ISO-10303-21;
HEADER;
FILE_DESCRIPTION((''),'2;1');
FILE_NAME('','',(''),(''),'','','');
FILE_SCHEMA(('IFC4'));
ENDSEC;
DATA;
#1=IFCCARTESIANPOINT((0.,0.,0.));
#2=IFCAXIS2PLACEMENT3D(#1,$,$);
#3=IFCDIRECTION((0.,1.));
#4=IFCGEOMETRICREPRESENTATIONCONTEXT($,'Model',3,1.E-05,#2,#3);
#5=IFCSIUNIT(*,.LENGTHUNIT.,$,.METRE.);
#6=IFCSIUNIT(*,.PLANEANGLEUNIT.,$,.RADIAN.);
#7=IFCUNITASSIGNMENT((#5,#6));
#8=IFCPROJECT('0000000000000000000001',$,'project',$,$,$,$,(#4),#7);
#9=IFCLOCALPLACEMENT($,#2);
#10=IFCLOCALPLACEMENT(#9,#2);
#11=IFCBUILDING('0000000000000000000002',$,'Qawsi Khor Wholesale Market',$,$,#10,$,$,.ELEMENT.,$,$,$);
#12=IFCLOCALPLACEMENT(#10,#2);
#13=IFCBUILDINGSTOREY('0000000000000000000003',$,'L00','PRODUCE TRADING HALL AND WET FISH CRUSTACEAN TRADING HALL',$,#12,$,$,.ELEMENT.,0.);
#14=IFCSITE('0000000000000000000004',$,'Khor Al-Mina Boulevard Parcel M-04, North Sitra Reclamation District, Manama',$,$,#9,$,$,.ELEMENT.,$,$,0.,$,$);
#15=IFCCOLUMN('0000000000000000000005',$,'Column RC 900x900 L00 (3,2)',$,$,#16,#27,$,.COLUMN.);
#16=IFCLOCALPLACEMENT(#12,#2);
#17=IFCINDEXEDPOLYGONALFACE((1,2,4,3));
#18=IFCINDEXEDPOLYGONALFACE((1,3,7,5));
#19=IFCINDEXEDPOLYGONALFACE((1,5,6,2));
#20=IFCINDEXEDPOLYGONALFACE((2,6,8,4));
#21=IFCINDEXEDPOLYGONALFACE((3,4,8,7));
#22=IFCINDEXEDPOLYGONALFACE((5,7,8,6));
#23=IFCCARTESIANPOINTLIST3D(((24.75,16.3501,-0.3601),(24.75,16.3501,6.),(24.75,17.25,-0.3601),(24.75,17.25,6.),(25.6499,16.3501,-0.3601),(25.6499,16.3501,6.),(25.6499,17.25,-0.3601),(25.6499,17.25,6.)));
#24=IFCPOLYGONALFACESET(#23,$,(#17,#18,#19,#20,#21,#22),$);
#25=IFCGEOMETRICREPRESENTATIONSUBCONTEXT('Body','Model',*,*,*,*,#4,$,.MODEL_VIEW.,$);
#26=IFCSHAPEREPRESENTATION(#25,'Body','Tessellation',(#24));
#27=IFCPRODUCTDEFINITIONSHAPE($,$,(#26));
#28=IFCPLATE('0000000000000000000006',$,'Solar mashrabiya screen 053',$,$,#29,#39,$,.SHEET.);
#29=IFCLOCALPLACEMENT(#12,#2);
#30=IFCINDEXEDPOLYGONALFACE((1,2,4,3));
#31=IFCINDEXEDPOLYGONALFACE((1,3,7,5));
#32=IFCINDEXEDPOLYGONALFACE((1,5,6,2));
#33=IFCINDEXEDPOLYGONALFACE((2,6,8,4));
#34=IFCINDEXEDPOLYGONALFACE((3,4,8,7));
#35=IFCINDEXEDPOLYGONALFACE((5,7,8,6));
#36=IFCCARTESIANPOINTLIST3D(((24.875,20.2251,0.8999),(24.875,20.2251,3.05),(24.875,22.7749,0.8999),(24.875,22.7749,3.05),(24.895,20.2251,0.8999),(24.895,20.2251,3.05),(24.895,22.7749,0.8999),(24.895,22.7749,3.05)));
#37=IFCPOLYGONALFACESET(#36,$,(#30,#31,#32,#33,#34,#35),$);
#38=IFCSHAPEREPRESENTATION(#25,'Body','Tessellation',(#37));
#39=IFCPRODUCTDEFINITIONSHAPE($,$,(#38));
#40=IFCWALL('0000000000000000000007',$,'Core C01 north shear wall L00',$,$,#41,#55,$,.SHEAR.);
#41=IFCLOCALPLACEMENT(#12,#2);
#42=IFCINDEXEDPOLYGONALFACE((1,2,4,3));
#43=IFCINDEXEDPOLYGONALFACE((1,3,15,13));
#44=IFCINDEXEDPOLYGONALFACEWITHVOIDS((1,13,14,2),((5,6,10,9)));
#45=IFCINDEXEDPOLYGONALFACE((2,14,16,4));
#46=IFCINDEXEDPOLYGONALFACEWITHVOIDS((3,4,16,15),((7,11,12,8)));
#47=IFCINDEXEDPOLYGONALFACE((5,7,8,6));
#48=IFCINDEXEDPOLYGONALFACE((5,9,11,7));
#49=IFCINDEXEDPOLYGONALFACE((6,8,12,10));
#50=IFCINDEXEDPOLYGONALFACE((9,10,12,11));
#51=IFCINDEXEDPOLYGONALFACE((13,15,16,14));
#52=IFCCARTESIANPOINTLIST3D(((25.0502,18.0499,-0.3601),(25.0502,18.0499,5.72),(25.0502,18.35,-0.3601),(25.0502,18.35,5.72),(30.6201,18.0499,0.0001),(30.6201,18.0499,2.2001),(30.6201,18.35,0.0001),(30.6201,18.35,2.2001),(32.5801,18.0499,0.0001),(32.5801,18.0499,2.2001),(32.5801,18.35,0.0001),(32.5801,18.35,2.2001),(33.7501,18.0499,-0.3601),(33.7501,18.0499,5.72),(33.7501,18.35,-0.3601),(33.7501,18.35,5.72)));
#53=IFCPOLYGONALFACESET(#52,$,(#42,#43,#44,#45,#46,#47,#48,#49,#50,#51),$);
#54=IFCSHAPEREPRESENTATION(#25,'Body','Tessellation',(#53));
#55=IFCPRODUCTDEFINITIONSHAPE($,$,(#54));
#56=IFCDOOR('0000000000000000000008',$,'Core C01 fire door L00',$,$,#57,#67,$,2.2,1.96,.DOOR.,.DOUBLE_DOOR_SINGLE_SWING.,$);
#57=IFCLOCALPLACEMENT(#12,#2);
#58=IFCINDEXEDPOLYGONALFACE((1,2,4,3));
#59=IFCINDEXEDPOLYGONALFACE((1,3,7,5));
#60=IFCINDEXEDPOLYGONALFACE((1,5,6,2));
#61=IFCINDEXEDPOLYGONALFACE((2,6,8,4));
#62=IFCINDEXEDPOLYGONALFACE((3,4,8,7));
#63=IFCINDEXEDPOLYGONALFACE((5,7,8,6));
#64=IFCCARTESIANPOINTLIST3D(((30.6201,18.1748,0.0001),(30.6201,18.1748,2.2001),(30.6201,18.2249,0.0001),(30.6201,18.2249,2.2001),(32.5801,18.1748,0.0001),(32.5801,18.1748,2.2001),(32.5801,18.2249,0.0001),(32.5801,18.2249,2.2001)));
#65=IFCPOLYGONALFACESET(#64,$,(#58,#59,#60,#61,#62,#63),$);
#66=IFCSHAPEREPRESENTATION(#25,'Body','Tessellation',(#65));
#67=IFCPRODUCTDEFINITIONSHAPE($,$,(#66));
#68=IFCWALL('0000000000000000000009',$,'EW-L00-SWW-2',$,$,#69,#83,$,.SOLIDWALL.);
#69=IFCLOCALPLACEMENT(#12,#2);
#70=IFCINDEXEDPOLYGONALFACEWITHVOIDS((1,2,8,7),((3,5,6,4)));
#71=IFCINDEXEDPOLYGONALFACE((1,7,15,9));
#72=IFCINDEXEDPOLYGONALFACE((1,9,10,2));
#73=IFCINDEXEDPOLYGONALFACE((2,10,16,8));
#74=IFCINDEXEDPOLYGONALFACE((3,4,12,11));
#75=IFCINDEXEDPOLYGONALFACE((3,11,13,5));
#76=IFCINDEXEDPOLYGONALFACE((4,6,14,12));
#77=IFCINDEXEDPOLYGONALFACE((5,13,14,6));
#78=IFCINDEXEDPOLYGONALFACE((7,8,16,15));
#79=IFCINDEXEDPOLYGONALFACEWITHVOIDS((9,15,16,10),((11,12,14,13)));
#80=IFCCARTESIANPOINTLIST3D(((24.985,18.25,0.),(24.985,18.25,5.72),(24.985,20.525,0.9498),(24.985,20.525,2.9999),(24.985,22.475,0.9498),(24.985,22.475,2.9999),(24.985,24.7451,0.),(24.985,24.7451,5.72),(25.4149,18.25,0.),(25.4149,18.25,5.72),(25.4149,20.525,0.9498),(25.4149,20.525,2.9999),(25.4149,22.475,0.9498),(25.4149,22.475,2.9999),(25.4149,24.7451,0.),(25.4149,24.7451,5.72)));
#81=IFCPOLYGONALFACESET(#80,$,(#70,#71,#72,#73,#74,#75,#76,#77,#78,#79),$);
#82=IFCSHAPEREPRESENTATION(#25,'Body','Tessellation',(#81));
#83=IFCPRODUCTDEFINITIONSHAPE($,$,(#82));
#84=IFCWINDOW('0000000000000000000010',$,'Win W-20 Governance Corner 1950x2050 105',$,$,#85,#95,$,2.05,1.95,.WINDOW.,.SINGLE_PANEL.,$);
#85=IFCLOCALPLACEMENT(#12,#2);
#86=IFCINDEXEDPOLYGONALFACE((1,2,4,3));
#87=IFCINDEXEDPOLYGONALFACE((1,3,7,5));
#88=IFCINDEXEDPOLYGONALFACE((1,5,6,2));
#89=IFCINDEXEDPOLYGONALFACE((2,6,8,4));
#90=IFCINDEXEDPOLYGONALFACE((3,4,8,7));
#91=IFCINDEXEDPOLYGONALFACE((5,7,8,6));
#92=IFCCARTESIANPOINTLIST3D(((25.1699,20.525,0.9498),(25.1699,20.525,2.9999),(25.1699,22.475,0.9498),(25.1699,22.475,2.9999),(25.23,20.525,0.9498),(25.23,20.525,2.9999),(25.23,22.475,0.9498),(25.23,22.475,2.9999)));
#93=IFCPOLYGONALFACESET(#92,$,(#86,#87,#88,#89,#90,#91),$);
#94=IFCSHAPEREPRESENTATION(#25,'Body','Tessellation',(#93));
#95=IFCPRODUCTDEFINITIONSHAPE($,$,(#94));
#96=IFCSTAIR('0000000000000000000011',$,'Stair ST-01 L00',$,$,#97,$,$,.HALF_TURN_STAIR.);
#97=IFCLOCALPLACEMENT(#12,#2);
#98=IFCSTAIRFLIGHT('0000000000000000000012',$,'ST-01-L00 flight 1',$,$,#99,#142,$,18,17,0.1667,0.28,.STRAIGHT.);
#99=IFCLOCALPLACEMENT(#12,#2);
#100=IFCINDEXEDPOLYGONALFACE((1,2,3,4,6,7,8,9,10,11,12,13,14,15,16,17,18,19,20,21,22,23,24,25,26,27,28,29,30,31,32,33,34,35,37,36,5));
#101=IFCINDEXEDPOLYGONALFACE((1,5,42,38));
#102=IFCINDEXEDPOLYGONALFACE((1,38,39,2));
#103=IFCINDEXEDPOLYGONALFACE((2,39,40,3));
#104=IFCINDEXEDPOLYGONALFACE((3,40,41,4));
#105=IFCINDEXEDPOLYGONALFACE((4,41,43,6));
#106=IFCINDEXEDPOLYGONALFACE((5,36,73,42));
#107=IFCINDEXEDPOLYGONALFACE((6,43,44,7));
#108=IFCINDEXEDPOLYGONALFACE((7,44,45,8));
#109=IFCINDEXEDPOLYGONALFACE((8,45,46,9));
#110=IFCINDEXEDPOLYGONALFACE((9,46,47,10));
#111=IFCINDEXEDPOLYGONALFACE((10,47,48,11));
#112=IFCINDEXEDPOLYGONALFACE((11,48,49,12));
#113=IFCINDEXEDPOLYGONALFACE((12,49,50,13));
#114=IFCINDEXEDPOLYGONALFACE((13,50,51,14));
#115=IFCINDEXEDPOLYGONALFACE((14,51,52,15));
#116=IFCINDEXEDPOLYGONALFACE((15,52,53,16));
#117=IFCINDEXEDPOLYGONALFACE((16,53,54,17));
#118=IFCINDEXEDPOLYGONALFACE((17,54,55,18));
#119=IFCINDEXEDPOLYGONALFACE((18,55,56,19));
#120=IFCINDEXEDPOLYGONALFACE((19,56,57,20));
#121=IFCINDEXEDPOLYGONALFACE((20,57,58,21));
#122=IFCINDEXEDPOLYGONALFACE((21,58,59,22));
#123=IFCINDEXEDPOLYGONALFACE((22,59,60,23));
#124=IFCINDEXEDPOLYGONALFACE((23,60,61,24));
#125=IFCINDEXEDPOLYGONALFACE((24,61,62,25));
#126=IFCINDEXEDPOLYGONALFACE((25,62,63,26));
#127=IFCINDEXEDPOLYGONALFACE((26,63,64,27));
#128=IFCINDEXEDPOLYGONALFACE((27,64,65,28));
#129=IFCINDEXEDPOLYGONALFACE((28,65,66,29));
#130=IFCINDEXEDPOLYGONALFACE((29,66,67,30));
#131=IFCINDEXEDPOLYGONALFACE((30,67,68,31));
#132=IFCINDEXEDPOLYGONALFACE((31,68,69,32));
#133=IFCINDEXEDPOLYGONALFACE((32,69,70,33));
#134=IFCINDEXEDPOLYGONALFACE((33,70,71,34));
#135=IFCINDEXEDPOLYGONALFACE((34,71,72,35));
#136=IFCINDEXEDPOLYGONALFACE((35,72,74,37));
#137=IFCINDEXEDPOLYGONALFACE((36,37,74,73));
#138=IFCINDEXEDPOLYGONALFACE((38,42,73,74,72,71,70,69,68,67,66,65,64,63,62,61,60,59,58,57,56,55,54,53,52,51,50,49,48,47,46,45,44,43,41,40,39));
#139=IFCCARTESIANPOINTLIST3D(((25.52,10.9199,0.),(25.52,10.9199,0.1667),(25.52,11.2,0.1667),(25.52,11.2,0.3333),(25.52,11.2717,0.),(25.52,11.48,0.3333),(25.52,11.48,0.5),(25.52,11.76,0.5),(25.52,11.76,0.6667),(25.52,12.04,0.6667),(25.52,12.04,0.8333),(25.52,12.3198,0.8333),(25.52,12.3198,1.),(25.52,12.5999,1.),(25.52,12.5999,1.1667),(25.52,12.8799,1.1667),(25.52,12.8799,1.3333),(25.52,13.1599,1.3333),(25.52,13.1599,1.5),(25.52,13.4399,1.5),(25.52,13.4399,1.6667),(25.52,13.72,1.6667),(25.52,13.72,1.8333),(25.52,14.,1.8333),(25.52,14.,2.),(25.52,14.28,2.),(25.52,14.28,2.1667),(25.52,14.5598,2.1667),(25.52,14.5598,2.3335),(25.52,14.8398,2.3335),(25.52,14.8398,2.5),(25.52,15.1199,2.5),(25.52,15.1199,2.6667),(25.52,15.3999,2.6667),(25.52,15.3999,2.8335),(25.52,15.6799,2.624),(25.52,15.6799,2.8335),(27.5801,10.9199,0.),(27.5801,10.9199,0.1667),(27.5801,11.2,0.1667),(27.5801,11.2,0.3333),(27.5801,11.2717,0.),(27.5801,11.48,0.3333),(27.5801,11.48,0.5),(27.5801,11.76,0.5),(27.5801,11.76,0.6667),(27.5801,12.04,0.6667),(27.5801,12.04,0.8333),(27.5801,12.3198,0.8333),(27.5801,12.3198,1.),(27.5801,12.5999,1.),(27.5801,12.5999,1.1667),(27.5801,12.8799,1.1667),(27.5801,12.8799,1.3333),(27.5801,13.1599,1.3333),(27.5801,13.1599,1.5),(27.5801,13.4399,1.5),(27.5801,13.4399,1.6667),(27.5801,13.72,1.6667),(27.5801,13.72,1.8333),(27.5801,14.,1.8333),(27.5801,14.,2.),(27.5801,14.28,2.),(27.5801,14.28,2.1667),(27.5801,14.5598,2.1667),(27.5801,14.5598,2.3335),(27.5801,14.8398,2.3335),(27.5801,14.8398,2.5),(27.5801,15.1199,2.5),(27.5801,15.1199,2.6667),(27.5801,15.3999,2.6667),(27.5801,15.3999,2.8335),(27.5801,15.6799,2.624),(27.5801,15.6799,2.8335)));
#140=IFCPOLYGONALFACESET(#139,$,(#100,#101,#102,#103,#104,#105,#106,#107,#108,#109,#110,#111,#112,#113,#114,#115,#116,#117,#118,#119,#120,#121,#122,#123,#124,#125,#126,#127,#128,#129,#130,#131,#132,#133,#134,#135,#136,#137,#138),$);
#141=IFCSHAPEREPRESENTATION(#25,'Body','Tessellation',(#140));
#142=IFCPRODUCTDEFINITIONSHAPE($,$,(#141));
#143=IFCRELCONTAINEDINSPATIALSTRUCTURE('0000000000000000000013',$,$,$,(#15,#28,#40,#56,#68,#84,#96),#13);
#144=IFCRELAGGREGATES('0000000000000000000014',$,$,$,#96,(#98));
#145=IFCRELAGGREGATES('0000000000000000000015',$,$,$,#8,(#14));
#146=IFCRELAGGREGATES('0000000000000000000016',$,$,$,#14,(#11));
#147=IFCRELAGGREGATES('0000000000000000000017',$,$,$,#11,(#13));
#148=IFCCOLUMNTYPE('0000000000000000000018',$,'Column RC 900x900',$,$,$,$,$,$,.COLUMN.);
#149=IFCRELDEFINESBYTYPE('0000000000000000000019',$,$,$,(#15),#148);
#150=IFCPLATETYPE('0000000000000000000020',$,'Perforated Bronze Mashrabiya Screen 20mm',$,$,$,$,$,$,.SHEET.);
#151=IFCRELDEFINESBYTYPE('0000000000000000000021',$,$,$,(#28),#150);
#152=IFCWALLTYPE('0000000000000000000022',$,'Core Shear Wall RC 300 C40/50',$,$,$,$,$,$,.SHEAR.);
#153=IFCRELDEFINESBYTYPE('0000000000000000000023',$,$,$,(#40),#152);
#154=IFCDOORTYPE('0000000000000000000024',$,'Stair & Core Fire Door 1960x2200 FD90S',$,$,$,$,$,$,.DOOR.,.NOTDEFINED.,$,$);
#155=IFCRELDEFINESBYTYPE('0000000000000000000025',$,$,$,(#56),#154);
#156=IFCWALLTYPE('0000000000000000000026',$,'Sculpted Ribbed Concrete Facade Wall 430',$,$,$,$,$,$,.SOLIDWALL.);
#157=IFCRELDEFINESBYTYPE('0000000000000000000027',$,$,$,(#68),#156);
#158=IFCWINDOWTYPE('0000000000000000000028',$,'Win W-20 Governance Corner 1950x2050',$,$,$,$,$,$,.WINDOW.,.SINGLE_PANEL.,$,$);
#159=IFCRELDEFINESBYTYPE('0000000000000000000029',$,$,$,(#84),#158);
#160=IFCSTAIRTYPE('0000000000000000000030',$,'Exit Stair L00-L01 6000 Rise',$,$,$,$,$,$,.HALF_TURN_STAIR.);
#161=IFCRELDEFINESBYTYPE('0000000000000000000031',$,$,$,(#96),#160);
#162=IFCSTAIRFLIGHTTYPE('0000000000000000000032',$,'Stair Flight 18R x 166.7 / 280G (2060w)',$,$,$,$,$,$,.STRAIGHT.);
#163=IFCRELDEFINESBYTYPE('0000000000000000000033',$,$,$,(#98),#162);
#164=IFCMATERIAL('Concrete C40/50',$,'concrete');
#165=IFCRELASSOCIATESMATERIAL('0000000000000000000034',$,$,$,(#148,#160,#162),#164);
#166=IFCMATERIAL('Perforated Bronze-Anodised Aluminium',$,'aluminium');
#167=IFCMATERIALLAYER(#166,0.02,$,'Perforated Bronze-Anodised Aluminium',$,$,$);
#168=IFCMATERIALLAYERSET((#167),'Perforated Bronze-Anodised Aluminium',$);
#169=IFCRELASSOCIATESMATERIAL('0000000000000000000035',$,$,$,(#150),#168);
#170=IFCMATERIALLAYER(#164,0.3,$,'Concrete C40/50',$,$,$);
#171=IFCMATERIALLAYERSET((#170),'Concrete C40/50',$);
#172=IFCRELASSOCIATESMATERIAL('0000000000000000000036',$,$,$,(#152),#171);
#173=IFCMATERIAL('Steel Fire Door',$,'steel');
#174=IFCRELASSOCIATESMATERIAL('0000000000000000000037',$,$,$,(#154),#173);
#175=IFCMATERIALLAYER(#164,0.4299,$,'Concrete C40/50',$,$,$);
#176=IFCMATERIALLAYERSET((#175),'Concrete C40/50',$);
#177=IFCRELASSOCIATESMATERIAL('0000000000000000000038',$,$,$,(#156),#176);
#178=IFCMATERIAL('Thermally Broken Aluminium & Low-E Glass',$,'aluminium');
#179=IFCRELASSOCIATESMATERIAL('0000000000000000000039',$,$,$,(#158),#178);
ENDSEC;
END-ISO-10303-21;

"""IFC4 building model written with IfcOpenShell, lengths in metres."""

from ifc_helpers import new_model, si_unit, direction, frame, frame_2d, origin, origin_2d, place, context, subcontext, project, spatial, polyline, rectangle, outline, extrude, material, layer, layer_set, material_profile, profile_set, type_object, element, fill, aggregate, save


model = new_model("IFC4")

# Units and contexts
model_context = context("Model", 3, precision=1e-05, world=origin(), true_north=direction((0.0, 1.0)))
body_context = subcontext(model_context, "Body", "Model", "MODEL_VIEW")
ifc_project = project(units=[si_unit("LENGTHUNIT", "METRE"), si_unit("PLANEANGLEUNIT", "RADIAN")], contexts=[model_context])

# Site, building, storey
site_placement = place(None, origin())
site = spatial("IfcSite", under=ifc_project, at=site_placement, Name="Khor Al-Mina Boulevard Parcel M-04, North Sitra Reclamation District, Manama", CompositionType="ELEMENT", RefElevation=0.0)
building_placement = place(site_placement, origin())
building = spatial("IfcBuilding", under=site, at=building_placement, Name="Qawsi Khor Wholesale Market", CompositionType="ELEMENT")
storey_placement = place(building_placement, origin())
storey = spatial("IfcBuildingStorey", under=building, at=storey_placement, Name="L00", Description="PRODUCE TRADING HALL AND WET FISH CRUSTACEAN TRADING HALL", CompositionType="ELEMENT", Elevation=0.0)

# Column
ifc_material_1 = material(Name="Concrete C40/50", Category="concrete")
ifc_material_profile_1 = material_profile(ifc_material_1, rectangle(XDim=0.8999, YDim=0.8999, at=origin_2d()), Name="RC 900x900")
ifc_profile_set_1 = profile_set([ifc_material_profile_1], Name="Concrete C40/50")
column_type = type_object("IfcColumnType", Name="Column RC 900x900", PredefinedType="COLUMN", material=ifc_profile_set_1)
column_placement = place(storey_placement, frame((25.2, 16.8, -0.3601), z_axis=(0.0, 0.0, 1.0), x_axis=(1.0, 0.0, 0.0)))
element("IfcColumn", 1, at=column_placement, inside=storey, type_object=column_type, Name="Column RC 900x900 L00 (3,2)", PredefinedType="COLUMN", context=body_context, shape_type="SweptSolid", body=[
    extrude(rectangle(XDim=0.8999, YDim=0.8999, at=origin_2d()), origin(), (0.0, 0.0, 1.0), 6.3601),
])

# Plate
ifc_material_2 = material(Name="Perforated Bronze-Anodised Aluminium", Category="aluminium")
ifc_layer_1 = layer(ifc_material_2, 0.02, Name="Perforated Bronze-Anodised Aluminium")
ifc_layer_set_1 = layer_set([ifc_layer_1], Name="Perforated Bronze-Anodised Aluminium")
plate_type = type_object("IfcPlateType", Name="Perforated Bronze Mashrabiya Screen 20mm", PredefinedType="SHEET", material=ifc_layer_set_1)
plate_placement = place(storey_placement, frame((24.885, 20.2251, 0.8999), z_axis=(0.0, 0.0, 1.0), x_axis=(0.0, 1.0, 0.0)))
element("IfcPlate", 2, at=plate_placement, inside=storey, type_object=plate_type, Name="Solar mashrabiya screen 053", PredefinedType="SHEET", context=body_context, shape_type="SweptSolid", body=[
    extrude(rectangle(XDim=2.5498, YDim=0.02, at=frame_2d((1.2749, 0.0))), origin(), (0.0, 0.0, 1.0), 2.1501),
])

# Wall, opening, door
ifc_layer_2 = layer(ifc_material_1, 0.3, Name="Concrete C40/50")
ifc_layer_set_2 = layer_set([ifc_layer_2], Name="Concrete C40/50")
wall_type_1 = type_object("IfcWallType", Name="Core Shear Wall RC 300 C40/50", PredefinedType="SHEAR", material=ifc_layer_set_2)
wall_1_placement = place(storey_placement, frame((25.05, 18.2, -0.3601), z_axis=(0.0, 0.0, 1.0), x_axis=(1.0, 0.0, 0.0)))
wall_1 = element("IfcWall", 3, at=wall_1_placement, inside=storey, type_object=wall_type_1, Name="Core C01 north shear wall L00", PredefinedType="SHEAR", context=body_context, shape_type="SweptSolid", body=[
    extrude(rectangle(XDim=8.7, YDim=0.3, at=frame_2d((4.3501, 0.0))), origin(), (0.0, 0.0, 1.0), 6.0801),
])
opening_1_placement = place(wall_1_placement, frame((5.5701, 0.0, 0.3601)))
opening_1 = element("IfcOpeningElement", 4, at=opening_1_placement, cuts=wall_1, PredefinedType="OPENING", context=body_context, shape_type="SweptSolid", body=[
    extrude(rectangle(XDim=1.96, YDim=2.2, at=frame_2d((0.98, 1.1001))), frame((0.0, 0.1599, 0.0), z_axis=(0.0, -1.0, 0.0), x_axis=(1.0, 0.0, 0.0)), (0.0, 0.0, 1.0), 0.3201),
])
ifc_material_3 = material(Name="Steel Fire Door", Category="steel")
door_type = type_object("IfcDoorType", Name="Stair & Core Fire Door 1960x2200 FD90S", OperationType="NOTDEFINED", PredefinedType="DOOR", material=ifc_material_3)
door_placement = place(opening_1_placement, origin())
door = element("IfcDoor", 5, at=door_placement, inside=storey, type_object=door_type, Name="Core C01 fire door L00", OperationType="DOUBLE_DOOR_SINGLE_SWING", OverallHeight=2.2, OverallWidth=1.96, PredefinedType="DOOR", context=body_context, shape_type="SweptSolid", body=[
    extrude(rectangle(XDim=1.96, YDim=2.2, at=frame_2d((0.98, 1.1001))), frame((0.0, 0.0249, 0.0), z_axis=(0.0, -1.0, 0.0), x_axis=(1.0, 0.0, 0.0)), (0.0, 0.0, 1.0), 0.05),
])
fill(opening_1, door)

# Wall, opening, window
ifc_layer_3 = layer(ifc_material_1, 0.4299, Name="Concrete C40/50")
ifc_layer_set_3 = layer_set([ifc_layer_3], Name="Concrete C40/50")
wall_type_2 = type_object("IfcWallType", Name="Sculpted Ribbed Concrete Facade Wall 430", PredefinedType="SOLIDWALL", material=ifc_layer_set_3)
wall_2_placement = place(storey_placement, frame((25.2, 18.25, 0.0), z_axis=(0.0, 0.0, 1.0), x_axis=(0.0, 1.0, 0.0)))
wall_2 = element("IfcWall", 6, at=wall_2_placement, inside=storey, type_object=wall_type_2, Name="EW-L00-SWW-2", PredefinedType="SOLIDWALL", context=body_context, shape_type="SweptSolid", body=[
    extrude(rectangle(XDim=6.4951, YDim=0.4299, at=frame_2d((3.2476, 0.0))), origin(), (0.0, 0.0, 1.0), 5.72),
])
opening_2_placement = place(wall_2_placement, frame((2.2749, 0.0, 0.95)))
opening_2 = element("IfcOpeningElement", 7, at=opening_2_placement, cuts=wall_2, PredefinedType="OPENING", context=body_context, shape_type="SweptSolid", body=[
    extrude(rectangle(XDim=1.95, YDim=2.05, at=frame_2d((0.9751, 1.0249))), frame((0.0, 0.2249, 0.0), z_axis=(0.0, -1.0, 0.0), x_axis=(1.0, 0.0, 0.0)), (0.0, 0.0, 1.0), 0.45),
])
ifc_material_4 = material(Name="Thermally Broken Aluminium & Low-E Glass", Category="aluminium")
window_type = type_object("IfcWindowType", Name="Win W-20 Governance Corner 1950x2050", PartitioningType="SINGLE_PANEL", PredefinedType="WINDOW", material=ifc_material_4)
window_placement = place(opening_2_placement, origin())
window = element("IfcWindow", 8, at=window_placement, inside=storey, type_object=window_type, Name="Win W-20 Governance Corner 1950x2050 105", OverallHeight=2.05, OverallWidth=1.95, PartitioningType="SINGLE_PANEL", PredefinedType="WINDOW", context=body_context, shape_type="SweptSolid", body=[
    extrude(rectangle(XDim=1.95, YDim=2.05, at=frame_2d((0.9751, 1.0249))), frame((0.0, 0.03, 0.0), z_axis=(0.0, -1.0, 0.0), x_axis=(1.0, 0.0, 0.0)), (0.0, 0.0, 1.0), 0.0601),
])
fill(opening_2, window)

# Stair, stair flight
stair_type = type_object("IfcStairType", Name="Exit Stair L00-L01 6000 Rise", PredefinedType="HALF_TURN_STAIR", material=ifc_material_1)
stair_placement = place(storey_placement, origin())
stair = element("IfcStair", 9, at=stair_placement, inside=storey, type_object=stair_type, Name="Stair ST-01 L00", PredefinedType="HALF_TURN_STAIR")
stair_flight_type = type_object("IfcStairFlightType", Name="Stair Flight 18R x 166.7 / 280G (2060w)", PredefinedType="STRAIGHT", material=ifc_material_1)
stair_flight_placement = place(storey_placement, frame((26.55, 10.9199, 0.0), z_axis=(0.0, 0.0, 1.0), x_axis=(0.0, 1.0, 0.0)))
stair_flight = element("IfcStairFlight", 10, at=stair_flight_placement, type_object=stair_flight_type, Name="ST-01-L00 flight 1", NumberOfRisers=18, NumberOfTreads=17, PredefinedType="STRAIGHT", RiserHeight=0.1667, TreadLength=0.28, context=body_context, shape_type="SweptSolid", body=[
    extrude(outline(polyline([(0.0, 0.0), (0.0, 0.1667), (0.28, 0.1667), (0.28, 0.3333), (0.5601, 0.3333), (0.5601, 0.5), (0.8401, 0.5), (0.8401, 0.6667), (1.1201, 0.6667), (1.1201, 0.8333), (1.3999, 0.8333), (1.3999, 1.0), (1.6799, 1.0), (1.6799, 1.1667), (1.96, 1.1667), (1.96, 1.3333), (2.24, 1.3333), (2.24, 1.5), (2.52, 1.5), (2.52, 1.6667), (2.8, 1.6667), (2.8, 1.8333), (3.0801, 1.8333), (3.0801, 2.0), (3.3601, 2.0), (3.3601, 2.1667), (3.6399, 2.1667), (3.6399, 2.3335), (3.9199, 2.3335), (3.9199, 2.5), (4.2, 2.5), (4.2, 2.6667), (4.48, 2.6667), (4.48, 2.8335), (4.76, 2.8335), (4.76, 3.0), (4.76, 2.624), (0.3518, 0.0), (0.0, 0.0)])), frame((0.0, 1.03, 0.0), z_axis=(0.0, -1.0, 0.0), x_axis=(1.0, 0.0, 0.0)), (0.0, 0.0, 1.0), 2.0601),
])
aggregate(stair, [stair_flight])

save(model, "model.ifc")
